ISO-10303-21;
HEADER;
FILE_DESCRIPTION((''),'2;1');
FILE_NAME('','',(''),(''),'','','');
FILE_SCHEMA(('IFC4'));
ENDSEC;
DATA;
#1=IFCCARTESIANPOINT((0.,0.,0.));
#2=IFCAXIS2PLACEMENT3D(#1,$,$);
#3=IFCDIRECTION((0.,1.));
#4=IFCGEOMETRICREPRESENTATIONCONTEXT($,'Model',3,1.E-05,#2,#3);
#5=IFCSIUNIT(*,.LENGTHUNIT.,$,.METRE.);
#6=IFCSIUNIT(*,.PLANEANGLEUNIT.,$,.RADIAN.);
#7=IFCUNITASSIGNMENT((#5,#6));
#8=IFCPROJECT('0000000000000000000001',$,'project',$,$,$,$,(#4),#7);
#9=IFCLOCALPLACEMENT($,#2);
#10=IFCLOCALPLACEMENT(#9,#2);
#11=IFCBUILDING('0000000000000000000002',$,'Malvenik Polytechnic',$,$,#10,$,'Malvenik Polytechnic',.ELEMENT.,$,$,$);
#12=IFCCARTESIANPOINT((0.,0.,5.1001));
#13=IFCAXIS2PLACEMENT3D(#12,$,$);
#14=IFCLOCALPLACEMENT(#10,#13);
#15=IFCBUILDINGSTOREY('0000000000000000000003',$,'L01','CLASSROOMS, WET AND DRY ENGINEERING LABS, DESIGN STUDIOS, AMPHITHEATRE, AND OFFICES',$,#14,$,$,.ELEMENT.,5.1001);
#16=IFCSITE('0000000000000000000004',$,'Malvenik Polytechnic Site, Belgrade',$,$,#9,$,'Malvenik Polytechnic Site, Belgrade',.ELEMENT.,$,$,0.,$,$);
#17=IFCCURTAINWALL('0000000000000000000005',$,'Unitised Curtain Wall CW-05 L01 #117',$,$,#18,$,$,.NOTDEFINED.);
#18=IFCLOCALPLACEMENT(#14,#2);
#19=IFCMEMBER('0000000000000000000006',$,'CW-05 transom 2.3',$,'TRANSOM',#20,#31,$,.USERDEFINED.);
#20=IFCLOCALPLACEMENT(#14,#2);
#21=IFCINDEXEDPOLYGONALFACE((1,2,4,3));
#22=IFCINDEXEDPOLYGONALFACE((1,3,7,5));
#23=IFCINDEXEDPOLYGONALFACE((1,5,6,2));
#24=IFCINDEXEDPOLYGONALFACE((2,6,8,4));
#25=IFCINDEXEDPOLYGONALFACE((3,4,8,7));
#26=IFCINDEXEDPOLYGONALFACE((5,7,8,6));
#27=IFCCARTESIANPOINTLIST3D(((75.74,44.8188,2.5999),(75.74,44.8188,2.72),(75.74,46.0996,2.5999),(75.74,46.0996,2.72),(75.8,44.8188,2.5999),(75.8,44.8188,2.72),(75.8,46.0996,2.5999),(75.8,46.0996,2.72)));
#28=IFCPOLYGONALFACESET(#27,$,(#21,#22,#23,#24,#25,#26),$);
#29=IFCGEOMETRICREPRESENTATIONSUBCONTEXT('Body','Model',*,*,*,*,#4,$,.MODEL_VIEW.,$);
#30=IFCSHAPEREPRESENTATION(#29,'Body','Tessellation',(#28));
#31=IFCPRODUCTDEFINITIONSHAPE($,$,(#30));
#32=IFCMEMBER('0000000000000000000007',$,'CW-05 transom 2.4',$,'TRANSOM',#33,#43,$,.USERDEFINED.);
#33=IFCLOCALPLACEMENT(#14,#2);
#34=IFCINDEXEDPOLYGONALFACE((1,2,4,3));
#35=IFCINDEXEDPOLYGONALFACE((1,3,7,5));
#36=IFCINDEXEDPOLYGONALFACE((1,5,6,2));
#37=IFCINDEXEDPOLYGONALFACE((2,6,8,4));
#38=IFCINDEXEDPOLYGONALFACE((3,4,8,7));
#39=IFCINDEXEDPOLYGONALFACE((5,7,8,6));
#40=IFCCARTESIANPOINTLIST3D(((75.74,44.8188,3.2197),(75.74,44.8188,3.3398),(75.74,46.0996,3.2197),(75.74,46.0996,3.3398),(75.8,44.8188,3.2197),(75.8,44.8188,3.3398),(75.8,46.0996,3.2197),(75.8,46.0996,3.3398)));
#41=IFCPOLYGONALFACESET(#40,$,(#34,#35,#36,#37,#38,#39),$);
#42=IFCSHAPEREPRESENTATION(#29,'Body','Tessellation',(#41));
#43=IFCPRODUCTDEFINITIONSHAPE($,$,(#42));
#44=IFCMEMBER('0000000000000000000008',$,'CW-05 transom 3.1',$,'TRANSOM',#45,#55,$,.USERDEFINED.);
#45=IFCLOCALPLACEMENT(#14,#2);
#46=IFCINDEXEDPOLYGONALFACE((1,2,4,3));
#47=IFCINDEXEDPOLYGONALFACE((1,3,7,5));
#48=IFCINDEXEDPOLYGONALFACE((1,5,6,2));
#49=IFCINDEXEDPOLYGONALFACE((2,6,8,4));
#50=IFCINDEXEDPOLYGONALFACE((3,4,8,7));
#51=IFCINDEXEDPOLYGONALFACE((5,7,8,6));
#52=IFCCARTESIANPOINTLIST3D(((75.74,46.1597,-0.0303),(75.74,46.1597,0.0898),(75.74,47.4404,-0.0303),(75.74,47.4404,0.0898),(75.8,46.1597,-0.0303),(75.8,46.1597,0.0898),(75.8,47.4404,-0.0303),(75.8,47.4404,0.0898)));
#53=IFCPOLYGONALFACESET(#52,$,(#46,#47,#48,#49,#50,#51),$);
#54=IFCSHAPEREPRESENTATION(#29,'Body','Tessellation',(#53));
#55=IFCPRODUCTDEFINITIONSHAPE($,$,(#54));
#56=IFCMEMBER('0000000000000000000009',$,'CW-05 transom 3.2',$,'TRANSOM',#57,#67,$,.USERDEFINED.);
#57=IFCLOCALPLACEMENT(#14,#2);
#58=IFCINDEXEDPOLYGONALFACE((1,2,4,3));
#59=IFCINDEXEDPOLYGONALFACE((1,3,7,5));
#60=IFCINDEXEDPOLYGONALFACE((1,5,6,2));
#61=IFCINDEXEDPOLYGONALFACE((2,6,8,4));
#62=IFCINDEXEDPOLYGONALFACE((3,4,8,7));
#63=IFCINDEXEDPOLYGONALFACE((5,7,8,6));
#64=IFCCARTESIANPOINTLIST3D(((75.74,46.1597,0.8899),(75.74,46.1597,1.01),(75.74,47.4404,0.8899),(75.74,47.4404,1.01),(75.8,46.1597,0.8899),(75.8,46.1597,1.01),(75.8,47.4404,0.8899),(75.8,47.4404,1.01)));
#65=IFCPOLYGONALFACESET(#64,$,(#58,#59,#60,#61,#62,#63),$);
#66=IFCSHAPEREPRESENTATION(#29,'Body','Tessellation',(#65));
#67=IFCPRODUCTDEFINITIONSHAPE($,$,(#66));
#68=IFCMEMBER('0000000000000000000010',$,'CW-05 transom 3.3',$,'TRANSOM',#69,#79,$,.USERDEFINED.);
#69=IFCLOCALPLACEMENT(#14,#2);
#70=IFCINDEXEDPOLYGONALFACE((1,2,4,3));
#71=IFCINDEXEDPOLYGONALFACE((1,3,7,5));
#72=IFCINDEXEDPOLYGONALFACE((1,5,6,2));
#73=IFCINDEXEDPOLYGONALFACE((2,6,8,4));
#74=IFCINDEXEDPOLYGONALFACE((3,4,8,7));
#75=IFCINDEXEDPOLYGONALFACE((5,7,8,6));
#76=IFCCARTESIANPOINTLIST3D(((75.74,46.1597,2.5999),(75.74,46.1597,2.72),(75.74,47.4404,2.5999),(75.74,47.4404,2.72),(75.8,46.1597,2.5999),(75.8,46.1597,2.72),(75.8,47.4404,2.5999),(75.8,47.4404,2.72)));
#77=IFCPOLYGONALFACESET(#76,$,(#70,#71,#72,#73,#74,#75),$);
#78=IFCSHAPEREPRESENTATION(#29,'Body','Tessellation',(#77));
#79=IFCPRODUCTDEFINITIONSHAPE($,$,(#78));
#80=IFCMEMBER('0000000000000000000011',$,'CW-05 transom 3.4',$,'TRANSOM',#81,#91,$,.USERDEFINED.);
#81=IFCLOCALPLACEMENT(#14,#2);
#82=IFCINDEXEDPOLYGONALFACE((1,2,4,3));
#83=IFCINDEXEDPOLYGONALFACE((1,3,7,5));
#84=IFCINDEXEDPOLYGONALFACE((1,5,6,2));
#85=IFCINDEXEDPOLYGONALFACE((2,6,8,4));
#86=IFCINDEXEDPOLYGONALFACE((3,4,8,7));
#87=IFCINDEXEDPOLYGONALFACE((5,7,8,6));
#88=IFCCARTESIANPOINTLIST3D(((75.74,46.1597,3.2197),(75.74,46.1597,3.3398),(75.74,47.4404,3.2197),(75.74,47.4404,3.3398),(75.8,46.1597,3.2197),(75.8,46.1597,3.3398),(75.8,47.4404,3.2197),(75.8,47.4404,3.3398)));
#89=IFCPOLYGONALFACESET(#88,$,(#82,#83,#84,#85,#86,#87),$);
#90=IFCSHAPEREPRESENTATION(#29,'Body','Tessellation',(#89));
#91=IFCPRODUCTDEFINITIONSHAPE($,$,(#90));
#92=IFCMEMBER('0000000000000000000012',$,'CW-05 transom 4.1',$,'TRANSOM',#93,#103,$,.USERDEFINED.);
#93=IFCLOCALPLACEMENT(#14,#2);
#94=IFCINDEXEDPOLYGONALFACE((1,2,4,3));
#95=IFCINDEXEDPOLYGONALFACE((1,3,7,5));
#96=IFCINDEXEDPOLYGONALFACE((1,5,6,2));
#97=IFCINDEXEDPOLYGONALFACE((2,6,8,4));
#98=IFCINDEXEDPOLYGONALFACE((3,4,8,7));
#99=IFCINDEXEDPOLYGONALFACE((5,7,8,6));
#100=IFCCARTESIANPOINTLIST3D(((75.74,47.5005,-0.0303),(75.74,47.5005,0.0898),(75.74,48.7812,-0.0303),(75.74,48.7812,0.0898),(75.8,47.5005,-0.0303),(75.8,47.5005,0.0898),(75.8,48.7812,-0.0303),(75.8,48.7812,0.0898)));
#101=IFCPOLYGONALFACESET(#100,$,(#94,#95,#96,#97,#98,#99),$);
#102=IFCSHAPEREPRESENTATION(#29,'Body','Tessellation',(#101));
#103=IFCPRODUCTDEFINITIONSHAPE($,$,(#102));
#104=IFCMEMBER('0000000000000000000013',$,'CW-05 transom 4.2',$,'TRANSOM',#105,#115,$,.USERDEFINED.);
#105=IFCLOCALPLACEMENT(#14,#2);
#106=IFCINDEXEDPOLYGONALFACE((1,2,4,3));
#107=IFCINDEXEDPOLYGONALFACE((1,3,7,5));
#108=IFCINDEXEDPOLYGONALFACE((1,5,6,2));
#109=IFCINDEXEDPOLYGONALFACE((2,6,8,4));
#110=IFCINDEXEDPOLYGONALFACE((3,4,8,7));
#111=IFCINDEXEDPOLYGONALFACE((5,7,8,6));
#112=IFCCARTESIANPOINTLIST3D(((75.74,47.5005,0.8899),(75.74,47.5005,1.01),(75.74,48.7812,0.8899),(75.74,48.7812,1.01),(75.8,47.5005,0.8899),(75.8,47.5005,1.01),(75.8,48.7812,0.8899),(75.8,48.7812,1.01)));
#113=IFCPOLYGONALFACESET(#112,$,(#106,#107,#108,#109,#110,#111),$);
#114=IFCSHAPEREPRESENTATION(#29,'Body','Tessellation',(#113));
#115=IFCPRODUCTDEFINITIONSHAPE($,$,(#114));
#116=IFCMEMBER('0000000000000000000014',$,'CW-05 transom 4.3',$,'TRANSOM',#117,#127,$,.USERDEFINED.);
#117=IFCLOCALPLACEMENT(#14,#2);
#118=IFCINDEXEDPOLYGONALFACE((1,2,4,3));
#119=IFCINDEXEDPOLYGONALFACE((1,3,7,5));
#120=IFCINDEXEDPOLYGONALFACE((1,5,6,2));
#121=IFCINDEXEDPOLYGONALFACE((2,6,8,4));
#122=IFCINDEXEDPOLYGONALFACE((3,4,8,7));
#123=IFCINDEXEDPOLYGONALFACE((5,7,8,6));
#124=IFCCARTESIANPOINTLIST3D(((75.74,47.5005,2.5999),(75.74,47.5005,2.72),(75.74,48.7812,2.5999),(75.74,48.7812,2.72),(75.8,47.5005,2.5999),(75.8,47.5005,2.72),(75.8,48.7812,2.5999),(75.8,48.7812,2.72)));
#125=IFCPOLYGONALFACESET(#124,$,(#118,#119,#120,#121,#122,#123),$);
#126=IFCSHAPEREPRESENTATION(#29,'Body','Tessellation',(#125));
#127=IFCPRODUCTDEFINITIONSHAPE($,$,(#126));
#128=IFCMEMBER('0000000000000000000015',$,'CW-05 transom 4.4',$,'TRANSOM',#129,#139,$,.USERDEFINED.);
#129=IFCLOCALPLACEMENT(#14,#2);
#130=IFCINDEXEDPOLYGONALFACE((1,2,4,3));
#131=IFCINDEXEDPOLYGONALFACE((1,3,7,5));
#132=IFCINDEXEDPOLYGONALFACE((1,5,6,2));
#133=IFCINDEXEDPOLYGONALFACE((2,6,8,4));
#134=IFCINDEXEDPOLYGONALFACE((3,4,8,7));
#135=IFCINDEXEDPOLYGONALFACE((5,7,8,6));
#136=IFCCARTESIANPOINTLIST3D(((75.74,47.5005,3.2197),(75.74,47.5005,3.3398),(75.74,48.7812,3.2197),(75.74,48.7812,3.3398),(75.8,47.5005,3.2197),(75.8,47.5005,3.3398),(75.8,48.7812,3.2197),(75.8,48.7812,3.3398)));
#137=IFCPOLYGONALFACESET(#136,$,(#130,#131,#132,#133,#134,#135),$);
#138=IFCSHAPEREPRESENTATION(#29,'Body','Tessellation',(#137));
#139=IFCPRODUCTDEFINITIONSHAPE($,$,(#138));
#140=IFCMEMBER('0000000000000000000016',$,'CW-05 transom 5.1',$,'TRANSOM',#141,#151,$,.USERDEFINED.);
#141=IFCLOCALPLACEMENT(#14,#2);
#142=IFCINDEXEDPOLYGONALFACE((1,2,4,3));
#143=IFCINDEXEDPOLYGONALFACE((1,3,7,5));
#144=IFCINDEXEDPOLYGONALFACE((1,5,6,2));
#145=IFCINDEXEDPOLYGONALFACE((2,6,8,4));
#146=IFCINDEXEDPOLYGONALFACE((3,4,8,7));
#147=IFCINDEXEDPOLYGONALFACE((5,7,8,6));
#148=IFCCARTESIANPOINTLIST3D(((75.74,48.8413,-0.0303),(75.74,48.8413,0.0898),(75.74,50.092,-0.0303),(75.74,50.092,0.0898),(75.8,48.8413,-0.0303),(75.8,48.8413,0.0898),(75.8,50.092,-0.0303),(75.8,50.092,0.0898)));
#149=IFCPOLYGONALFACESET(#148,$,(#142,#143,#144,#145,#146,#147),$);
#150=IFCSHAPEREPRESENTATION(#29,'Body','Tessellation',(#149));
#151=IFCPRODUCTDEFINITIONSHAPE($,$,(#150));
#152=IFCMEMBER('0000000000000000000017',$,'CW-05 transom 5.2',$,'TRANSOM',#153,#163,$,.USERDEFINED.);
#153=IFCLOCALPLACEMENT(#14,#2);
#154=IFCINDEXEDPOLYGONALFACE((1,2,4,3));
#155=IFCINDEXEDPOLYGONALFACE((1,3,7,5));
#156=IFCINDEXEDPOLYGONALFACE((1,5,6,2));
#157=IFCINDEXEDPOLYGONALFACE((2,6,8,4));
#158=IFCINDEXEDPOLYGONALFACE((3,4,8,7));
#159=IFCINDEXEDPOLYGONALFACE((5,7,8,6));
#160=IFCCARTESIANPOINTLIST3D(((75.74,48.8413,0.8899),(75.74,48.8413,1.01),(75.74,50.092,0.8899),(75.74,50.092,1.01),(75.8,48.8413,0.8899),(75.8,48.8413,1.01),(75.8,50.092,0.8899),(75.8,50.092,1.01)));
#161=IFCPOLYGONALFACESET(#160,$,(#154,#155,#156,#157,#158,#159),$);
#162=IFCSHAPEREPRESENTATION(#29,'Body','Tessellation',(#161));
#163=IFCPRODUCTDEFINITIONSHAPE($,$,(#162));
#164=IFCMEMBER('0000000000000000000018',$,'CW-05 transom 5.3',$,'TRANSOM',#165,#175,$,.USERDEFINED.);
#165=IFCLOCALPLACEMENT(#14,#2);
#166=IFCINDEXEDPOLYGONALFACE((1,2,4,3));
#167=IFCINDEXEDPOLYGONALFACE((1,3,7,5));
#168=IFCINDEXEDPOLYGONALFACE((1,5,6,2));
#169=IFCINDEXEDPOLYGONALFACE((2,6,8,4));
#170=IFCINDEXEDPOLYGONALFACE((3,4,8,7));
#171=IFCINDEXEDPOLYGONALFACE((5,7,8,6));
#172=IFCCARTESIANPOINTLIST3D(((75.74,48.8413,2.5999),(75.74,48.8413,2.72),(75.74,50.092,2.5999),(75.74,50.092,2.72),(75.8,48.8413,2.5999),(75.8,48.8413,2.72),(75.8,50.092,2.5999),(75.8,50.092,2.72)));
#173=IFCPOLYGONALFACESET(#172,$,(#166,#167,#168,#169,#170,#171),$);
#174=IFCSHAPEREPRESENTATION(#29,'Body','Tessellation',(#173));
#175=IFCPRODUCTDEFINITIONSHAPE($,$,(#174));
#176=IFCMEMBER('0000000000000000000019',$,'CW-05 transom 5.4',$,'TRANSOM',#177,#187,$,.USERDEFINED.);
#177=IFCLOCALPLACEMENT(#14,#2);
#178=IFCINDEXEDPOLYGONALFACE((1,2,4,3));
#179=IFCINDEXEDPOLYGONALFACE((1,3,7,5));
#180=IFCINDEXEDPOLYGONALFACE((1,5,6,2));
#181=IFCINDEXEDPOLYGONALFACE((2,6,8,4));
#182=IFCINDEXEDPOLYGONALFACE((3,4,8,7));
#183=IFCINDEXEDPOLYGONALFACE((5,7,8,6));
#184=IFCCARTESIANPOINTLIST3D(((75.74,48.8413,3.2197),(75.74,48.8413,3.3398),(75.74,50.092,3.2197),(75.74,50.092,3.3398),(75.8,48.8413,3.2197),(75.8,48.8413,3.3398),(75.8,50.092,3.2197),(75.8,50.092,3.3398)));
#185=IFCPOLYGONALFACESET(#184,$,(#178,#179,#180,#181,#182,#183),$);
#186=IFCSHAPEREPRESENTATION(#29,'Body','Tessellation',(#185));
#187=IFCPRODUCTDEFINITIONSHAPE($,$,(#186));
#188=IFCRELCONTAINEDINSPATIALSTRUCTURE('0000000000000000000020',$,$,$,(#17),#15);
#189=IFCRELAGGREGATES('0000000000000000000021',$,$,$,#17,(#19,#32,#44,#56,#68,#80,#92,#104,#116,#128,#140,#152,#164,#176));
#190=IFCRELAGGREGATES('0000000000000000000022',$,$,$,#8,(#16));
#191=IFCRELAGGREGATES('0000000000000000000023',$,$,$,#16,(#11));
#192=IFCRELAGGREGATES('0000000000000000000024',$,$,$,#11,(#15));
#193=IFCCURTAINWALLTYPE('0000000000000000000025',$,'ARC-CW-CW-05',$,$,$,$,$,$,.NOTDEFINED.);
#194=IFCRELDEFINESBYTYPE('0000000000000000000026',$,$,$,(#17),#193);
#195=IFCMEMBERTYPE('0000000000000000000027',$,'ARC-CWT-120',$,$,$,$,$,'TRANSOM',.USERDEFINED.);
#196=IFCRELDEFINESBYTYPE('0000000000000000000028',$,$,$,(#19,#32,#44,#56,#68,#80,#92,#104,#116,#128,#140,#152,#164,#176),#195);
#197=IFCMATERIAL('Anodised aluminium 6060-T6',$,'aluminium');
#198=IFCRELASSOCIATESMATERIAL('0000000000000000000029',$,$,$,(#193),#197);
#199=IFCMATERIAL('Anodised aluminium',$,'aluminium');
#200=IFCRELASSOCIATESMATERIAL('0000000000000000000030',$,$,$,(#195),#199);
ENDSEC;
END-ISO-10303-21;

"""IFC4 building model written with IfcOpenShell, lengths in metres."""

from ifc_helpers import new_model, si_unit, direction, frame, origin, origin_2d, place, context, subcontext, project, spatial, rectangle, extrude, material, material_profile, profile_set, type_object, element, aggregate, save


model = new_model("IFC4")

# Units and contexts
model_context = context("Model", 3, precision=1e-05, world=origin(), true_north=direction((0.0, 1.0)))
body_context = subcontext(model_context, "Body", "Model", "MODEL_VIEW")
ifc_project = project(units=[si_unit("LENGTHUNIT", "METRE"), si_unit("PLANEANGLEUNIT", "RADIAN")], contexts=[model_context])

# Site, building, storey
site_placement = place(None, origin())
site = spatial("IfcSite", under=ifc_project, at=site_placement, Name="Malvenik Polytechnic Site, Belgrade", LongName="Malvenik Polytechnic Site, Belgrade", CompositionType="ELEMENT", RefElevation=0.0)
building_placement = place(site_placement, origin())
building = spatial("IfcBuilding", under=site, at=building_placement, Name="Malvenik Polytechnic", LongName="Malvenik Polytechnic", CompositionType="ELEMENT")
storey_placement = place(building_placement, frame((0.0, 0.0, 5.1001)))
storey = spatial("IfcBuildingStorey", under=building, at=storey_placement, Name="L01", Description="CLASSROOMS, WET AND DRY ENGINEERING LABS, DESIGN STUDIOS, AMPHITHEATRE, AND OFFICES", CompositionType="ELEMENT", Elevation=5.1001)

# Curtain wall, members
ifc_material_1 = material(Name="Anodised aluminium 6060-T6", Category="aluminium")
curtain_wall_type = type_object("IfcCurtainWallType", Name="ARC-CW-CW-05", PredefinedType="NOTDEFINED", material=ifc_material_1)
curtain_wall_1_placement = place(storey_placement, origin())
curtain_wall_1 = element("IfcCurtainWall", 1, at=curtain_wall_1_placement, inside=storey, type_object=curtain_wall_type, Name="Unitised Curtain Wall CW-05 L01 #117", PredefinedType="NOTDEFINED")
ifc_material_2 = material(Name="Anodised aluminium", Category="aluminium")
ifc_material_profile_1 = material_profile(ifc_material_2, rectangle(XDim=0.0601, YDim=0.1201, at=origin_2d()), Name="ALU TRANSOM 60x120")
ifc_profile_set_1 = profile_set([ifc_material_profile_1], Name="Anodised aluminium")
member_type_1 = type_object("IfcMemberType", Name="ARC-CWT-120", ElementType="TRANSOM", PredefinedType="USERDEFINED", material=ifc_profile_set_1)
member_1_placement = place(storey_placement, frame((75.77, 44.8188, 2.6599), z_axis=(0.0, 1.0, 0.0), x_axis=(-1.0, 0.0, 0.0)))
member_1 = element("IfcMember", 2, at=member_1_placement, type_object=member_type_1, Name="CW-05 transom 2.3", ObjectType="TRANSOM", PredefinedType="USERDEFINED", context=body_context, shape_type="SweptSolid", body=[
    extrude(rectangle(XDim=0.0601, YDim=0.1201, at=origin_2d()), origin(), (0.0, 0.0, 1.0), 1.2808),
])
member_2_placement = place(storey_placement, frame((75.77, 44.8188, 3.2798), z_axis=(0.0, 1.0, 0.0), x_axis=(-1.0, 0.0, 0.0)))
member_2 = element("IfcMember", 3, at=member_2_placement, type_object=member_type_1, Name="CW-05 transom 2.4", ObjectType="TRANSOM", PredefinedType="USERDEFINED", context=body_context, shape_type="SweptSolid", body=[
    extrude(rectangle(XDim=0.0601, YDim=0.1201, at=origin_2d()), origin(), (0.0, 0.0, 1.0), 1.2808),
])
member_3_placement = place(storey_placement, frame((75.77, 46.1597, 0.0298), z_axis=(0.0, 1.0, 0.0), x_axis=(-1.0, 0.0, 0.0)))
member_3 = element("IfcMember", 4, at=member_3_placement, type_object=member_type_1, Name="CW-05 transom 3.1", ObjectType="TRANSOM", PredefinedType="USERDEFINED", context=body_context, shape_type="SweptSolid", body=[
    extrude(rectangle(XDim=0.0601, YDim=0.1201, at=origin_2d()), origin(), (0.0, 0.0, 1.0), 1.2808),
])
member_4_placement = place(storey_placement, frame((75.77, 46.1597, 0.95), z_axis=(0.0, 1.0, 0.0), x_axis=(-1.0, 0.0, 0.0)))
member_4 = element("IfcMember", 5, at=member_4_placement, type_object=member_type_1, Name="CW-05 transom 3.2", ObjectType="TRANSOM", PredefinedType="USERDEFINED", context=body_context, shape_type="SweptSolid", body=[
    extrude(rectangle(XDim=0.0601, YDim=0.1201, at=origin_2d()), origin(), (0.0, 0.0, 1.0), 1.2808),
])
member_5_placement = place(storey_placement, frame((75.77, 46.1597, 2.6599), z_axis=(0.0, 1.0, 0.0), x_axis=(-1.0, 0.0, 0.0)))
member_5 = element("IfcMember", 6, at=member_5_placement, type_object=member_type_1, Name="CW-05 transom 3.3", ObjectType="TRANSOM", PredefinedType="USERDEFINED", context=body_context, shape_type="SweptSolid", body=[
    extrude(rectangle(XDim=0.0601, YDim=0.1201, at=origin_2d()), origin(), (0.0, 0.0, 1.0), 1.2808),
])
member_6_placement = place(storey_placement, frame((75.77, 46.1597, 3.2798), z_axis=(0.0, 1.0, 0.0), x_axis=(-1.0, 0.0, 0.0)))
member_6 = element("IfcMember", 7, at=member_6_placement, type_object=member_type_1, Name="CW-05 transom 3.4", ObjectType="TRANSOM", PredefinedType="USERDEFINED", context=body_context, shape_type="SweptSolid", body=[
    extrude(rectangle(XDim=0.0601, YDim=0.1201, at=origin_2d()), origin(), (0.0, 0.0, 1.0), 1.2808),
])
member_7_placement = place(storey_placement, frame((75.77, 47.5005, 0.0298), z_axis=(0.0, 1.0, 0.0), x_axis=(-1.0, 0.0, 0.0)))
member_7 = element("IfcMember", 8, at=member_7_placement, type_object=member_type_1, Name="CW-05 transom 4.1", ObjectType="TRANSOM", PredefinedType="USERDEFINED", context=body_context, shape_type="SweptSolid", body=[
    extrude(rectangle(XDim=0.0601, YDim=0.1201, at=origin_2d()), origin(), (0.0, 0.0, 1.0), 1.2808),
])
member_8_placement = place(storey_placement, frame((75.77, 47.5005, 0.95), z_axis=(0.0, 1.0, 0.0), x_axis=(-1.0, 0.0, 0.0)))
member_8 = element("IfcMember", 9, at=member_8_placement, type_object=member_type_1, Name="CW-05 transom 4.2", ObjectType="TRANSOM", PredefinedType="USERDEFINED", context=body_context, shape_type="SweptSolid", body=[
    extrude(rectangle(XDim=0.0601, YDim=0.1201, at=origin_2d()), origin(), (0.0, 0.0, 1.0), 1.2808),
])
member_9_placement = place(storey_placement, frame((75.77, 47.5005, 2.6599), z_axis=(0.0, 1.0, 0.0), x_axis=(-1.0, 0.0, 0.0)))
member_9 = element("IfcMember", 10, at=member_9_placement, type_object=member_type_1, Name="CW-05 transom 4.3", ObjectType="TRANSOM", PredefinedType="USERDEFINED", context=body_context, shape_type="SweptSolid", body=[
    extrude(rectangle(XDim=0.0601, YDim=0.1201, at=origin_2d()), origin(), (0.0, 0.0, 1.0), 1.2808),
])
member_10_placement = place(storey_placement, frame((75.77, 47.5005, 3.2798), z_axis=(0.0, 1.0, 0.0), x_axis=(-1.0, 0.0, 0.0)))
member_10 = element("IfcMember", 11, at=member_10_placement, type_object=member_type_1, Name="CW-05 transom 4.4", ObjectType="TRANSOM", PredefinedType="USERDEFINED", context=body_context, shape_type="SweptSolid", body=[
    extrude(rectangle(XDim=0.0601, YDim=0.1201, at=origin_2d()), origin(), (0.0, 0.0, 1.0), 1.2808),
])
member_11_placement = place(storey_placement, frame((75.77, 48.8413, 0.0298), z_axis=(0.0, 1.0, 0.0), x_axis=(-1.0, 0.0, 0.0)))
member_11 = element("IfcMember", 12, at=member_11_placement, type_object=member_type_1, Name="CW-05 transom 5.1", ObjectType="TRANSOM", PredefinedType="USERDEFINED", context=body_context, shape_type="SweptSolid", body=[
    extrude(rectangle(XDim=0.0601, YDim=0.1201, at=origin_2d()), origin(), (0.0, 0.0, 1.0), 1.2507),
])
member_12_placement = place(storey_placement, frame((75.77, 48.8413, 0.95), z_axis=(0.0, 1.0, 0.0), x_axis=(-1.0, 0.0, 0.0)))
member_12 = element("IfcMember", 13, at=member_12_placement, type_object=member_type_1, Name="CW-05 transom 5.2", ObjectType="TRANSOM", PredefinedType="USERDEFINED", context=body_context, shape_type="SweptSolid", body=[
    extrude(rectangle(XDim=0.0601, YDim=0.1201, at=origin_2d()), origin(), (0.0, 0.0, 1.0), 1.2507),
])
member_13_placement = place(storey_placement, frame((75.77, 48.8413, 2.6599), z_axis=(0.0, 1.0, 0.0), x_axis=(-1.0, 0.0, 0.0)))
member_13 = element("IfcMember", 14, at=member_13_placement, type_object=member_type_1, Name="CW-05 transom 5.3", ObjectType="TRANSOM", PredefinedType="USERDEFINED", context=body_context, shape_type="SweptSolid", body=[
    extrude(rectangle(XDim=0.0601, YDim=0.1201, at=origin_2d()), origin(), (0.0, 0.0, 1.0), 1.2507),
])
member_14_placement = place(storey_placement, frame((75.77, 48.8413, 3.2798), z_axis=(0.0, 1.0, 0.0), x_axis=(-1.0, 0.0, 0.0)))
member_14 = element("IfcMember", 15, at=member_14_placement, type_object=member_type_1, Name="CW-05 transom 5.4", ObjectType="TRANSOM", PredefinedType="USERDEFINED", context=body_context, shape_type="SweptSolid", body=[
    extrude(rectangle(XDim=0.0601, YDim=0.1201, at=origin_2d()), origin(), (0.0, 0.0, 1.0), 1.2507),
])

aggregate(curtain_wall_1, [member_1, member_2, member_3, member_4, member_5, member_6, member_7, member_8, member_9, member_10, member_11, member_12, member_13, member_14])

save(model, "model.ifc")
